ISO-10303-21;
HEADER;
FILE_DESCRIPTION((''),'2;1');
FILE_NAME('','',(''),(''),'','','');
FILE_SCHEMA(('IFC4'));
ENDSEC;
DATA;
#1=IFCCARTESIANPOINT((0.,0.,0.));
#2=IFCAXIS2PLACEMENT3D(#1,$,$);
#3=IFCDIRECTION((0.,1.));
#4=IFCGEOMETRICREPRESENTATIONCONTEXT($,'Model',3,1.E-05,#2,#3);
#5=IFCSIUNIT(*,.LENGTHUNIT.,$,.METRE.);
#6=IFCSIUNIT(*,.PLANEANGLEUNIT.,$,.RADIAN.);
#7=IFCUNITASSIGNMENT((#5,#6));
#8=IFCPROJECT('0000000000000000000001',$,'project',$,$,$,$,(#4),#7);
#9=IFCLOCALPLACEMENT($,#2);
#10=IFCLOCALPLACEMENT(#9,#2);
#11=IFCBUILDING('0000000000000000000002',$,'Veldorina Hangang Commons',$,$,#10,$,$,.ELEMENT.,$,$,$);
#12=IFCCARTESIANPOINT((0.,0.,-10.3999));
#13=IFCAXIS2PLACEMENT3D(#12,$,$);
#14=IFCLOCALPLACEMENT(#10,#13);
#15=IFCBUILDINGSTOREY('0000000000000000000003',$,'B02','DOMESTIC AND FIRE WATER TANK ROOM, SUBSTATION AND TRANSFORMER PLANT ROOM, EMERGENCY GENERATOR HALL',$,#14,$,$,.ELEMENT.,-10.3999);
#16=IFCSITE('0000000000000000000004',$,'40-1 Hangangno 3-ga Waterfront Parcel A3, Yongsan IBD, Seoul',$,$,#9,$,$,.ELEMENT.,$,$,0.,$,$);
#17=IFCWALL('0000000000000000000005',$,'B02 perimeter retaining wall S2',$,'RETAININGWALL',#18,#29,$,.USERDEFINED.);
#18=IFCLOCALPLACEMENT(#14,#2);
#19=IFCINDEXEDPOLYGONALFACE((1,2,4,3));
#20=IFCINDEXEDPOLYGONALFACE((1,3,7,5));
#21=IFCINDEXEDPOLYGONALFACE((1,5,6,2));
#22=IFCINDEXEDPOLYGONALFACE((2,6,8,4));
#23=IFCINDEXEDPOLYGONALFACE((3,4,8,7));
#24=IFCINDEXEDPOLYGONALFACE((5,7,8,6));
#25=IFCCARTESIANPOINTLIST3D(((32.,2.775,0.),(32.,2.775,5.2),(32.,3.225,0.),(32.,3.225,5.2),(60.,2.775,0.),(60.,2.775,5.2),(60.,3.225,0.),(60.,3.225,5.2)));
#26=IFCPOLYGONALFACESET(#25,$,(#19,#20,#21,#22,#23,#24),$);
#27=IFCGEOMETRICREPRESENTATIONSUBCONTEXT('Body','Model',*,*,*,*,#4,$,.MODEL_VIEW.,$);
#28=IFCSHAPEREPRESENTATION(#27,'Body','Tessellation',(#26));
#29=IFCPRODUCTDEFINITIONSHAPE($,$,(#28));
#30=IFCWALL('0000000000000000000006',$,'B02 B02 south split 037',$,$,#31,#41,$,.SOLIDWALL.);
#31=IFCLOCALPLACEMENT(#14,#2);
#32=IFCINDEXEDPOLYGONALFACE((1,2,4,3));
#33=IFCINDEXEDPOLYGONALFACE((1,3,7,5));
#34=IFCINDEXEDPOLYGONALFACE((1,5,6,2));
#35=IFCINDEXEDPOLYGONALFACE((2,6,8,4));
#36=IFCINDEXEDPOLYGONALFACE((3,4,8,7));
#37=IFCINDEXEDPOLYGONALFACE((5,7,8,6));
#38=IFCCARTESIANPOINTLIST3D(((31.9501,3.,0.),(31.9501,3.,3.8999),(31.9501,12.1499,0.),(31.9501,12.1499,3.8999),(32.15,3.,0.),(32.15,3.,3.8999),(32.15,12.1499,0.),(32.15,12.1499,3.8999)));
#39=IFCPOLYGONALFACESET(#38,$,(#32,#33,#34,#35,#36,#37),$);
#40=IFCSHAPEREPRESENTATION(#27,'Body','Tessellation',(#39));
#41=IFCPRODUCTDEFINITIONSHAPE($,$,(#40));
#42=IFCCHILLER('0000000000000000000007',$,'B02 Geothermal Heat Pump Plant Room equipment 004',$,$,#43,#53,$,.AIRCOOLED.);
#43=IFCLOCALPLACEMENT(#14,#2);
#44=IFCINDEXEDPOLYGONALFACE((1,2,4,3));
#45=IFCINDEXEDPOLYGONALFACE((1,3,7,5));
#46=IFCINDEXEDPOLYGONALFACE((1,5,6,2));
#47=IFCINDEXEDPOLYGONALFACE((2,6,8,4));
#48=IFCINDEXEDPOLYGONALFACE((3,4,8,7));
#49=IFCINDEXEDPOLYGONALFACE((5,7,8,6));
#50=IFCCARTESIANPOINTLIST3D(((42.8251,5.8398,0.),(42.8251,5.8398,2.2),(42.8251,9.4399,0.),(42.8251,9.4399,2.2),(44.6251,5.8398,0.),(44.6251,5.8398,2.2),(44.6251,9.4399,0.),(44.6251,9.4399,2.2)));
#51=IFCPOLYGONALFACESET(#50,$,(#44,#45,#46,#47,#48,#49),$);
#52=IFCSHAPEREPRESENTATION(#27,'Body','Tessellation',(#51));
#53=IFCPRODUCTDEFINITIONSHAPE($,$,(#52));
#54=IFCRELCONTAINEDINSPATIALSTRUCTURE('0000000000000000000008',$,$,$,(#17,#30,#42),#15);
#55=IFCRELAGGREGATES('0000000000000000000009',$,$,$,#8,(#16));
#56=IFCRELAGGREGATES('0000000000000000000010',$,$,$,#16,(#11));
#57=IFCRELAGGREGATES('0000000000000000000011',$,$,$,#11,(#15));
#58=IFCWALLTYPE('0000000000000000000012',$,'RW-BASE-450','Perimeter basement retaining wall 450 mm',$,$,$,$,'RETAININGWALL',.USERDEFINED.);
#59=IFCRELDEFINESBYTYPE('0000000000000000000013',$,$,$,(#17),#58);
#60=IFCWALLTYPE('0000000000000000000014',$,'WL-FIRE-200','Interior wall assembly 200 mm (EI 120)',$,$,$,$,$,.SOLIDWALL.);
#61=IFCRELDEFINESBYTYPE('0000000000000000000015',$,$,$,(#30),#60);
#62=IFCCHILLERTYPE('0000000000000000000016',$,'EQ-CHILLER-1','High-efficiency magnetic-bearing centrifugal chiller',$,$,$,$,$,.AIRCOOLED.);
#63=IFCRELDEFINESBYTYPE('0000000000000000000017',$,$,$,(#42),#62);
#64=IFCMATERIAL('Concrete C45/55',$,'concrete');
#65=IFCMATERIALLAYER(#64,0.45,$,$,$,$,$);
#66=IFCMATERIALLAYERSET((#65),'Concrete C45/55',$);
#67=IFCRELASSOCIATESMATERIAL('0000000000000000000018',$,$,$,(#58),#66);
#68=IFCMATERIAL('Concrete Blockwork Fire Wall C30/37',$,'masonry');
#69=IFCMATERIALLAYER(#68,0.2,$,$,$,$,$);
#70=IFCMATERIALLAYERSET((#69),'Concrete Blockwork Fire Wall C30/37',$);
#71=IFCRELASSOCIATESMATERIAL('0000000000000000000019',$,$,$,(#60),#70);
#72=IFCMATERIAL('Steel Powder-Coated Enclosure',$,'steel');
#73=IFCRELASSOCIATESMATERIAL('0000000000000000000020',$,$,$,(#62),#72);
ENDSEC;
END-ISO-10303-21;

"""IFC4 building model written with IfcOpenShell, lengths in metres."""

from ifc_helpers import new_model, si_unit, direction, frame, frame_2d, origin, origin_2d, place, context, subcontext, project, spatial, rectangle, extrude, material, layer, layer_set, type_object, element, save


model = new_model("IFC4")

# Units and contexts
model_context = context("Model", 3, precision=1e-05, world=origin(), true_north=direction((0.0, 1.0)))
body_context = subcontext(model_context, "Body", "Model", "MODEL_VIEW")
ifc_project = project(units=[si_unit("LENGTHUNIT", "METRE"), si_unit("PLANEANGLEUNIT", "RADIAN")], contexts=[model_context])

# Site, building, storey
site_placement = place(None, origin())
site = spatial("IfcSite", under=ifc_project, at=site_placement, Name="40-1 Hangangno 3-ga Waterfront Parcel A3, Yongsan IBD, Seoul", CompositionType="ELEMENT", RefElevation=0.0)
building_placement = place(site_placement, origin())
building = spatial("IfcBuilding", under=site, at=building_placement, Name="Veldorina Hangang Commons", CompositionType="ELEMENT")
storey_placement = place(building_placement, frame((0.0, 0.0, -10.3999)))
storey = spatial("IfcBuildingStorey", under=building, at=storey_placement, Name="B02", Description="DOMESTIC AND FIRE WATER TANK ROOM, SUBSTATION AND TRANSFORMER PLANT ROOM, EMERGENCY GENERATOR HALL", CompositionType="ELEMENT", Elevation=-10.3999)

# Shared definitions
ifc_material_1 = material(Name="Concrete C45/55", Category="concrete")

# Walls
ifc_layer_1 = layer(ifc_material_1, 0.45)
ifc_layer_set_1 = layer_set([ifc_layer_1], Name="Concrete C45/55")
wall_type_1 = type_object("IfcWallType", Name="RW-BASE-450", Description="Perimeter basement retaining wall 450 mm", ElementType="RETAININGWALL", PredefinedType="USERDEFINED", material=ifc_layer_set_1)
wall_1_placement = place(storey_placement, frame((32.0, 3.0, 0.0), z_axis=(0.0, 0.0, 1.0), x_axis=(1.0, 0.0, 0.0)))
element("IfcWall", 1, at=wall_1_placement, inside=storey, type_object=wall_type_1, Name="B02 perimeter retaining wall S2", ObjectType="RETAININGWALL", PredefinedType="USERDEFINED", context=body_context, shape_type="SweptSolid", body=[
    extrude(rectangle(XDim=28.0, YDim=0.45, at=frame_2d((14.0, 0.0))), origin(), (0.0, 0.0, 1.0), 5.2),
])
ifc_material_2 = material(Name="Concrete Blockwork Fire Wall C30/37", Category="masonry")
ifc_layer_2 = layer(ifc_material_2, 0.2)
ifc_layer_set_2 = layer_set([ifc_layer_2], Name="Concrete Blockwork Fire Wall C30/37")
wall_type_2 = type_object("IfcWallType", Name="WL-FIRE-200", Description="Interior wall assembly 200 mm (EI 120)", PredefinedType="SOLIDWALL", material=ifc_layer_set_2)
wall_2_placement = place(storey_placement, frame((32.05, 3.0, 0.0), z_axis=(0.0, 0.0, 1.0), x_axis=(0.0, 1.0, 0.0)))
element("IfcWall", 2, at=wall_2_placement, inside=storey, type_object=wall_type_2, Name="B02 B02 south split 037", PredefinedType="SOLIDWALL", context=body_context, shape_type="SweptSolid", body=[
    extrude(rectangle(XDim=9.1499, YDim=0.2, at=frame_2d((4.575, 0.0))), origin(), (0.0, 0.0, 1.0), 3.8999),
])

# Chiller
ifc_material_3 = material(Name="Steel Powder-Coated Enclosure", Category="steel")
chiller_type = type_object("IfcChillerType", Name="EQ-CHILLER-1", Description="High-efficiency magnetic-bearing centrifugal chiller", PredefinedType="AIRCOOLED", material=ifc_material_3)
chiller_placement = place(storey_placement, frame((43.7251, 7.6399, 0.0), z_axis=(0.0, 0.0, 1.0), x_axis=(1.0, 0.0, 0.0)))
element("IfcChiller", 3, at=chiller_placement, inside=storey, type_object=chiller_type, Name="B02 Geothermal Heat Pump Plant Room equipment 004", PredefinedType="AIRCOOLED", context=body_context, shape_type="SweptSolid", body=[
    extrude(rectangle(XDim=1.8, YDim=3.6001, at=origin_2d()), origin(), (0.0, 0.0, 1.0), 2.2),
])

save(model, "model.ifc")
